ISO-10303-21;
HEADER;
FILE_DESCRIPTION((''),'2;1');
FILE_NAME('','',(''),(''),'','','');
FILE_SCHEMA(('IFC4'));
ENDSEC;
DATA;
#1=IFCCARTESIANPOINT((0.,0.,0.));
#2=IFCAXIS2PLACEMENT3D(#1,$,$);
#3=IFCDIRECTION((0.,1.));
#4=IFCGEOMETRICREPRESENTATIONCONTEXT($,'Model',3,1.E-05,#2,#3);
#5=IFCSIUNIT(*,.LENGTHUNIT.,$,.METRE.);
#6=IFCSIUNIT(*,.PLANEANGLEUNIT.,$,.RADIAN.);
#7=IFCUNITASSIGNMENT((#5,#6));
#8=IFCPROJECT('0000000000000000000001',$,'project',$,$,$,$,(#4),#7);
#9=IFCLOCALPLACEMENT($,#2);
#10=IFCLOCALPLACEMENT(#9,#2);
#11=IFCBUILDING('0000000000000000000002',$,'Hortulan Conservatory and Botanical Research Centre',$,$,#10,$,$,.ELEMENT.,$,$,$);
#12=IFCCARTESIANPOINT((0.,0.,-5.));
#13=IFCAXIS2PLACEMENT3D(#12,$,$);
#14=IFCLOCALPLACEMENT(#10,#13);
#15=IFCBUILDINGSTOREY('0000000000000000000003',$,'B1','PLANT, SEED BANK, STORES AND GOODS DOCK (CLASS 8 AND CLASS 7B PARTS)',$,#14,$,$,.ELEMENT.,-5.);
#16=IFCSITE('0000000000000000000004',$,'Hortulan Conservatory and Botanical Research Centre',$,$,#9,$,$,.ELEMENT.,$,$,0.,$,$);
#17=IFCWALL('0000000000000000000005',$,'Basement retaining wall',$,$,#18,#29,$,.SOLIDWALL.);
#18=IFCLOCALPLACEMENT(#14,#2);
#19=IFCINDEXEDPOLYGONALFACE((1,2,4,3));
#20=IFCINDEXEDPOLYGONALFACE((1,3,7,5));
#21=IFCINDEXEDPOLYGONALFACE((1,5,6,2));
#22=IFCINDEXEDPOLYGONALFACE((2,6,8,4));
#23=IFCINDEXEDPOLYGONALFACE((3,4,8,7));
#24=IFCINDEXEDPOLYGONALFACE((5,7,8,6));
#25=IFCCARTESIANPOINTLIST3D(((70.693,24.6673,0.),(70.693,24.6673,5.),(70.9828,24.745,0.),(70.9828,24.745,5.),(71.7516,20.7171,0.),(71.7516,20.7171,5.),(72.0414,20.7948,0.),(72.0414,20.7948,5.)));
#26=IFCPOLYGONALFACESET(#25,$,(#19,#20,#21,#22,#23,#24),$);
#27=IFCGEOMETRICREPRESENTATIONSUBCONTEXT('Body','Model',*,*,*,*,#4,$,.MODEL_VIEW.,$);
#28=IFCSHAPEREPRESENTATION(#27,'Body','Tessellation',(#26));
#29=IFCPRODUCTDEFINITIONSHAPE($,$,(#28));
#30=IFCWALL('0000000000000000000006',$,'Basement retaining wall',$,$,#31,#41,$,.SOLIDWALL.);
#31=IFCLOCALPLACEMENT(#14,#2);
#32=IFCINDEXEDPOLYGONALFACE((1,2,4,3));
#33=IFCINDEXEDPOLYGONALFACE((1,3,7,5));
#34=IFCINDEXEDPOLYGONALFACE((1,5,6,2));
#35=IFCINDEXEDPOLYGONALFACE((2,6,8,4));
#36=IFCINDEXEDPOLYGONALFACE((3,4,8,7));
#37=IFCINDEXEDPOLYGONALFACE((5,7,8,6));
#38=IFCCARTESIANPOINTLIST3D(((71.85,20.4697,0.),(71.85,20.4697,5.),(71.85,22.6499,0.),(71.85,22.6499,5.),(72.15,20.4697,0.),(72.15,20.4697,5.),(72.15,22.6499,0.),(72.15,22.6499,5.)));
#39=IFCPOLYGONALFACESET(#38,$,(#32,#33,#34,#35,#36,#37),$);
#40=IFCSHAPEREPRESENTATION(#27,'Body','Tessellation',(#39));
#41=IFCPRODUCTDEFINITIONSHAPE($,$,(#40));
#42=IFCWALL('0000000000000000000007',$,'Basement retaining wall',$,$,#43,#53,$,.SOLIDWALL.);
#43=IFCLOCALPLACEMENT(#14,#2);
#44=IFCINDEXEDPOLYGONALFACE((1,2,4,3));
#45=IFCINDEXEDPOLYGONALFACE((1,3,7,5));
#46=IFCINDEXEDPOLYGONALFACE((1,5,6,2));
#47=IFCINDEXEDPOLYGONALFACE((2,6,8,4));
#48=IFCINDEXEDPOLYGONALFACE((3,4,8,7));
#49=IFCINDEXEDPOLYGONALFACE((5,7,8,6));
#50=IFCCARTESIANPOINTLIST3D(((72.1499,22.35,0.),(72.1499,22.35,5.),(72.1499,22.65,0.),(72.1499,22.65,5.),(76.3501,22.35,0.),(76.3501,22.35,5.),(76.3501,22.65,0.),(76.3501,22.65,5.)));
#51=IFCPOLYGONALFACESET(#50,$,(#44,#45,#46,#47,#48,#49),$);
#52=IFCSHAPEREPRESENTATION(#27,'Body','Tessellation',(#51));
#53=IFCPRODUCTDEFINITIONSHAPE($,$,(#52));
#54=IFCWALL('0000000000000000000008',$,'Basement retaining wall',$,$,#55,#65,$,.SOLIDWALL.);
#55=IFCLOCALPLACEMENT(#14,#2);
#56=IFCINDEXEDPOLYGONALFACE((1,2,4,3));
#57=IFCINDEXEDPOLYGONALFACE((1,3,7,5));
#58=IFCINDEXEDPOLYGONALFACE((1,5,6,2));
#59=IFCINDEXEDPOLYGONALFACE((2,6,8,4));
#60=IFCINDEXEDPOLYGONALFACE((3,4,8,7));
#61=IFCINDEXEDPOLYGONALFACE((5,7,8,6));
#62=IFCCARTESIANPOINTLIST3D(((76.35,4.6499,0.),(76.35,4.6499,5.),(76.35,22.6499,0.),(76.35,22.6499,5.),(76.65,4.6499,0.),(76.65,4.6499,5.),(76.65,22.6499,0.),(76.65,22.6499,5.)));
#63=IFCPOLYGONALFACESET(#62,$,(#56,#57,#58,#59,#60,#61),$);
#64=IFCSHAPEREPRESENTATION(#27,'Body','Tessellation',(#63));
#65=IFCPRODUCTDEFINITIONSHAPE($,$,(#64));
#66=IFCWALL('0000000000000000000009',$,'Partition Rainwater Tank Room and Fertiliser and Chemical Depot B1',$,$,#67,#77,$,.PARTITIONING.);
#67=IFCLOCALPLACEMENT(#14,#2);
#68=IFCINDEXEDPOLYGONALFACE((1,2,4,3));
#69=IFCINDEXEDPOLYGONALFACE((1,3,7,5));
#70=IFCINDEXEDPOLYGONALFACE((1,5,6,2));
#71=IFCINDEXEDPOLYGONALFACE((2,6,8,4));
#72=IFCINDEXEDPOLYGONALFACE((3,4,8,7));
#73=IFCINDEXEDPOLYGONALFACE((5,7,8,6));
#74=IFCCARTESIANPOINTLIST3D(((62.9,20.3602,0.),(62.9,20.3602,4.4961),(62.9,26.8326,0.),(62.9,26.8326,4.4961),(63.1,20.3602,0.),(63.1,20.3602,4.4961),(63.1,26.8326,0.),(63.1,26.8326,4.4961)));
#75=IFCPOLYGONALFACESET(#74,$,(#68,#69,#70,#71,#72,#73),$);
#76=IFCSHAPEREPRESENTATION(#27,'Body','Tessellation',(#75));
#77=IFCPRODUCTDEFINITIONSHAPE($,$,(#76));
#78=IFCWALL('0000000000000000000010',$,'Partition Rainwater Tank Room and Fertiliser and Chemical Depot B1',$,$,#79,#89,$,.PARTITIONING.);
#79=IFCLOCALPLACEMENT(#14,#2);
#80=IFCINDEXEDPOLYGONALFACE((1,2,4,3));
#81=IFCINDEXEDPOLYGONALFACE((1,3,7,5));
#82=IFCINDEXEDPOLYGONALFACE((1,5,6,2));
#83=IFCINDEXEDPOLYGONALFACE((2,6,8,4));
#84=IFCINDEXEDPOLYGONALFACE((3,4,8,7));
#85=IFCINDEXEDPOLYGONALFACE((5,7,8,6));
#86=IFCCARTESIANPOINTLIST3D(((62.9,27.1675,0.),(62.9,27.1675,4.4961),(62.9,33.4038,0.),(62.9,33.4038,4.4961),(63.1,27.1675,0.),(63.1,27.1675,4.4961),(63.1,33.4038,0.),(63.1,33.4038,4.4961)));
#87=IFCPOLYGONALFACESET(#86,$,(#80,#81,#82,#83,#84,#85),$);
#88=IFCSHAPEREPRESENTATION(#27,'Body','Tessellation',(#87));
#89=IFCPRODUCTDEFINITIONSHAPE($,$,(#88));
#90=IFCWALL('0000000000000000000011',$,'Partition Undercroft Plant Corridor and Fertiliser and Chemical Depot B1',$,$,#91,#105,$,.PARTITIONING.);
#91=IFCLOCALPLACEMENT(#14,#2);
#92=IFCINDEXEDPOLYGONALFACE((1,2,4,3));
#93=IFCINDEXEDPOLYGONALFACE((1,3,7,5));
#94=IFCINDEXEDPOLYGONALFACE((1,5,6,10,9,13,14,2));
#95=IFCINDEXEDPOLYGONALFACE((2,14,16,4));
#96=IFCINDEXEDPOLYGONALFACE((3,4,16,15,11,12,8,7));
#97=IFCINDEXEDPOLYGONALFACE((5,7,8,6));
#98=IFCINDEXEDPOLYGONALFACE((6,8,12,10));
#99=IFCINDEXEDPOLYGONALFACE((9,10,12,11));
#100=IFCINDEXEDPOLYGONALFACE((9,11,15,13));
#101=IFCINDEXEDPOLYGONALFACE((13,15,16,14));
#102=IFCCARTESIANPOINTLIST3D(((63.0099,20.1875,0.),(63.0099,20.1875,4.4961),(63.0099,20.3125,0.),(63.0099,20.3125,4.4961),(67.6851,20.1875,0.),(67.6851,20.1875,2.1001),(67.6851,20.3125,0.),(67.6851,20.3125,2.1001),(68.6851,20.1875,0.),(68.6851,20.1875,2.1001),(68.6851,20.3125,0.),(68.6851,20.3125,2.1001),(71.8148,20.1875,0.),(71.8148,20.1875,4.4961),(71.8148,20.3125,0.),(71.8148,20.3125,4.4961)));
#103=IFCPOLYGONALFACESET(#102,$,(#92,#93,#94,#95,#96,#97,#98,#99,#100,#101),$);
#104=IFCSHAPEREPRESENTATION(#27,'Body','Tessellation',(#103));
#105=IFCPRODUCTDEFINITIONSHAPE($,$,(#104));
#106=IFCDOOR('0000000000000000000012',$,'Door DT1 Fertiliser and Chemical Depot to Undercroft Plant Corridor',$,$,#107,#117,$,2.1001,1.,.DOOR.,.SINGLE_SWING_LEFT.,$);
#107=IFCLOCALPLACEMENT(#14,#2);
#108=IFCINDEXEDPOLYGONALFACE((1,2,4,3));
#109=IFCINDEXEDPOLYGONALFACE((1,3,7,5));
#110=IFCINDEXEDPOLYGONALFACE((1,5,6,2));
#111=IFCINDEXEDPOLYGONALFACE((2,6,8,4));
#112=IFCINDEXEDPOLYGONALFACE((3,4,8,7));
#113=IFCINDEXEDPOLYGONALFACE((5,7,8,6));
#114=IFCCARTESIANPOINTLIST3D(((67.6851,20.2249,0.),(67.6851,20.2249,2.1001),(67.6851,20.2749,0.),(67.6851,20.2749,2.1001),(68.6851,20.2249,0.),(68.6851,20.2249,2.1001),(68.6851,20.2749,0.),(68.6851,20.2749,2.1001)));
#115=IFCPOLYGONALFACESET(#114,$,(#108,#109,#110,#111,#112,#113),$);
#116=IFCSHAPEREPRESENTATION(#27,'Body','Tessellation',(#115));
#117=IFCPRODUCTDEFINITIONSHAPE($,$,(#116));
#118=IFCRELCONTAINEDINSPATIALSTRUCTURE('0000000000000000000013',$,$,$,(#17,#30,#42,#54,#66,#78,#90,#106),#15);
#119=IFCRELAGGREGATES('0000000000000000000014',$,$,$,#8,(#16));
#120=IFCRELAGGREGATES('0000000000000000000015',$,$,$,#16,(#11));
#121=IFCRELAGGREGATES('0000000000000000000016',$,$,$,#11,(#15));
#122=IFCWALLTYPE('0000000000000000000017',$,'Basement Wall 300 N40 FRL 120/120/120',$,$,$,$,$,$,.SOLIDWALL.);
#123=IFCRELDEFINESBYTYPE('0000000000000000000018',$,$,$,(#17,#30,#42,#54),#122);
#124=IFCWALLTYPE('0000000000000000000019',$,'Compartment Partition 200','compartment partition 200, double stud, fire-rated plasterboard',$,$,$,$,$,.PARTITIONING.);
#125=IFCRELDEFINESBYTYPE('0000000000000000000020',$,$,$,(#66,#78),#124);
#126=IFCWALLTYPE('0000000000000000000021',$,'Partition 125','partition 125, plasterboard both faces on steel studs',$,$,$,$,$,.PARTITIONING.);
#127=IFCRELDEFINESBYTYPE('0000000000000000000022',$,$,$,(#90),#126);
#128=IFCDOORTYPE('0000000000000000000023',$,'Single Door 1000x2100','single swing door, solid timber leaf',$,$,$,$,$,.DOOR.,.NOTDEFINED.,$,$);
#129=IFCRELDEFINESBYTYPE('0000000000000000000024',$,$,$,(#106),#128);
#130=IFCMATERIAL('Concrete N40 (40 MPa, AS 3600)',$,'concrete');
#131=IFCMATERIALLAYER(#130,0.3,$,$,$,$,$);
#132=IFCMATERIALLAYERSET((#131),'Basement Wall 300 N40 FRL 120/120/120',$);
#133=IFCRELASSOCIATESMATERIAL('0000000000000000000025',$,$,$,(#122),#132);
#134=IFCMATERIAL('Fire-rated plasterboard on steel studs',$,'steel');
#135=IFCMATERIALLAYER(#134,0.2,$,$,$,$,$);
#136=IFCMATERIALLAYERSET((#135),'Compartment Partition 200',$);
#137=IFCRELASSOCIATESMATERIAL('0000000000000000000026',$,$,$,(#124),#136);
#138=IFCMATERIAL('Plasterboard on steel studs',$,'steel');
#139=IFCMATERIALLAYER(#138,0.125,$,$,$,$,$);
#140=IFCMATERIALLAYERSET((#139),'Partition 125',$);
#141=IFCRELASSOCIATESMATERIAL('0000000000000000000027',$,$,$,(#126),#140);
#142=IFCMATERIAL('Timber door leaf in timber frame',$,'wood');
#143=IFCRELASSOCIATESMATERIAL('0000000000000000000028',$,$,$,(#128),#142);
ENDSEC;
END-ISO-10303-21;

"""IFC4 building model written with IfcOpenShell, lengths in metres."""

from ifc_helpers import new_model, si_unit, direction, frame, frame_2d, origin, place, context, subcontext, project, spatial, rectangle, extrude, material, layer, layer_set, type_object, element, fill, save


model = new_model("IFC4")

# Units and contexts
model_context = context("Model", 3, precision=1e-05, world=origin(), true_north=direction((0.0, 1.0)))
body_context = subcontext(model_context, "Body", "Model", "MODEL_VIEW")
ifc_project = project(units=[si_unit("LENGTHUNIT", "METRE"), si_unit("PLANEANGLEUNIT", "RADIAN")], contexts=[model_context])

# Site, building, storey
site_placement = place(None, origin())
site = spatial("IfcSite", under=ifc_project, at=site_placement, Name="Hortulan Conservatory and Botanical Research Centre", CompositionType="ELEMENT", RefElevation=0.0)
building_placement = place(site_placement, origin())
building = spatial("IfcBuilding", under=site, at=building_placement, Name="Hortulan Conservatory and Botanical Research Centre", CompositionType="ELEMENT")
storey_placement = place(building_placement, frame((0.0, 0.0, -5.0)))
storey = spatial("IfcBuildingStorey", under=building, at=storey_placement, Name="B1", Description="PLANT, SEED BANK, STORES AND GOODS DOCK (CLASS 8 AND CLASS 7B PARTS)", CompositionType="ELEMENT", Elevation=-5.0)

# Shared definitions
ifc_material_1 = material(Name="Concrete N40 (40 MPa, AS 3600)", Category="concrete")

# Walls
ifc_layer_1 = layer(ifc_material_1, 0.3)
ifc_layer_set_1 = layer_set([ifc_layer_1], Name="Basement Wall 300 N40 FRL 120/120/120")
wall_type_1 = type_object("IfcWallType", Name="Basement Wall 300 N40 FRL 120/120/120", PredefinedType="SOLIDWALL", material=ifc_layer_set_1)
wall_1_placement = place(storey_placement, frame((70.8379, 24.7063, 0.0), z_axis=(0.0, 0.0, 1.0), x_axis=(0.258851, -0.965917, 0.0)))
element("IfcWall", 1, at=wall_1_placement, inside=storey, type_object=wall_type_1, Name="Basement retaining wall", PredefinedType="SOLIDWALL", context=body_context, shape_type="SweptSolid", body=[
    extrude(rectangle(XDim=4.0896, YDim=0.3, at=frame_2d((2.0449, 0.0))), origin(), (0.0, 0.0, 1.0), 5.0),
])
wall_2_placement = place(storey_placement, frame((72.0, 20.4697, 0.0), z_axis=(0.0, 0.0, 1.0), x_axis=(0.0, 1.0, 0.0)))
element("IfcWall", 2, at=wall_2_placement, inside=storey, type_object=wall_type_1, Name="Basement retaining wall", PredefinedType="SOLIDWALL", context=body_context, shape_type="SweptSolid", body=[
    extrude(rectangle(XDim=2.1802, YDim=0.3, at=frame_2d((1.0901, 0.0))), origin(), (0.0, 0.0, 1.0), 5.0),
])
wall_3_placement = place(storey_placement, frame((72.1499, 22.5, 0.0), z_axis=(0.0, 0.0, 1.0), x_axis=(1.0, 0.0, 0.0)))
element("IfcWall", 3, at=wall_3_placement, inside=storey, type_object=wall_type_1, Name="Basement retaining wall", PredefinedType="SOLIDWALL", context=body_context, shape_type="SweptSolid", body=[
    extrude(rectangle(XDim=4.2002, YDim=0.3, at=frame_2d((2.1001, 0.0))), origin(), (0.0, 0.0, 1.0), 5.0),
])
wall_4_placement = place(storey_placement, frame((76.5, 22.6499, 0.0), z_axis=(0.0, 0.0, 1.0), x_axis=(0.0, -1.0, 0.0)))
element("IfcWall", 4, at=wall_4_placement, inside=storey, type_object=wall_type_1, Name="Basement retaining wall", PredefinedType="SOLIDWALL", context=body_context, shape_type="SweptSolid", body=[
    extrude(rectangle(XDim=18.0, YDim=0.3, at=frame_2d((9.0, 0.0))), origin(), (0.0, 0.0, 1.0), 5.0),
])
ifc_material_2 = material(Name="Fire-rated plasterboard on steel studs", Category="steel")
ifc_layer_2 = layer(ifc_material_2, 0.2)
ifc_layer_set_2 = layer_set([ifc_layer_2], Name="Compartment Partition 200")
wall_type_2 = type_object("IfcWallType", Name="Compartment Partition 200", Description="compartment partition 200, double stud, fire-rated plasterboard", PredefinedType="PARTITIONING", material=ifc_layer_set_2)
wall_5_placement = place(storey_placement, frame((63.0, 20.3601, 0.0), z_axis=(0.0, 0.0, 1.0), x_axis=(0.0, 1.0, 0.0)))
element("IfcWall", 5, at=wall_5_placement, inside=storey, type_object=wall_type_2, Name="Partition Rainwater Tank Room and Fertiliser and Chemical Depot B1", PredefinedType="PARTITIONING", context=body_context, shape_type="SweptSolid", body=[
    extrude(rectangle(XDim=6.4724, YDim=0.2, at=frame_2d((3.2363, 0.0))), origin(), (0.0, 0.0, 1.0), 4.4961),
])
wall_6_placement = place(storey_placement, frame((63.0, 27.1675, 0.0), z_axis=(0.0, 0.0, 1.0), x_axis=(0.0, 1.0, 0.0)))
element("IfcWall", 6, at=wall_6_placement, inside=storey, type_object=wall_type_2, Name="Partition Rainwater Tank Room and Fertiliser and Chemical Depot B1", PredefinedType="PARTITIONING", context=body_context, shape_type="SweptSolid", body=[
    extrude(rectangle(XDim=6.2363, YDim=0.2, at=frame_2d((3.1182, 0.0))), origin(), (0.0, 0.0, 1.0), 4.4961),
])

# Wall, opening, door
ifc_material_3 = material(Name="Plasterboard on steel studs", Category="steel")
ifc_layer_3 = layer(ifc_material_3, 0.125)
ifc_layer_set_3 = layer_set([ifc_layer_3], Name="Partition 125")
wall_type_3 = type_object("IfcWallType", Name="Partition 125", Description="partition 125, plasterboard both faces on steel studs", PredefinedType="PARTITIONING", material=ifc_layer_set_3)
wall_7_placement = place(storey_placement, frame((63.01, 20.25, 0.0), z_axis=(0.0, 0.0, 1.0), x_axis=(1.0, 0.0, 0.0)))
wall_7 = element("IfcWall", 7, at=wall_7_placement, inside=storey, type_object=wall_type_3, Name="Partition Undercroft Plant Corridor and Fertiliser and Chemical Depot B1", PredefinedType="PARTITIONING", context=body_context, shape_type="SweptSolid", body=[
    extrude(rectangle(XDim=8.8049, YDim=0.125, at=frame_2d((4.4023, 0.0))), origin(), (0.0, 0.0, 1.0), 4.4961),
])
opening_placement = place(wall_7_placement, frame((4.675, 0.0, 0.0)))
opening = element("IfcOpeningElement", 8, at=opening_placement, cuts=wall_7, PredefinedType="OPENING", context=body_context, shape_type="SweptSolid", body=[
    extrude(rectangle(XDim=1.0, YDim=2.1001, at=frame_2d((0.5, 1.05))), frame((0.0, 0.0725, 0.0), z_axis=(0.0, -1.0, 0.0), x_axis=(1.0, 0.0, 0.0)), (0.0, 0.0, 1.0), 0.145),
])
ifc_material_4 = material(Name="Timber door leaf in timber frame", Category="wood")
door_type = type_object("IfcDoorType", Name="Single Door 1000x2100", Description="single swing door, solid timber leaf", OperationType="NOTDEFINED", PredefinedType="DOOR", material=ifc_material_4)
door_placement = place(opening_placement, origin())
door = element("IfcDoor", 9, at=door_placement, inside=storey, type_object=door_type, Name="Door DT1 Fertiliser and Chemical Depot to Undercroft Plant Corridor", OperationType="SINGLE_SWING_LEFT", OverallHeight=2.1001, OverallWidth=1.0, PredefinedType="DOOR", context=body_context, shape_type="SweptSolid", body=[
    extrude(rectangle(XDim=1.0, YDim=2.1001, at=frame_2d((0.5, 1.05))), frame((0.0, 0.0249, 0.0), z_axis=(0.0, -1.0, 0.0), x_axis=(1.0, 0.0, 0.0)), (0.0, 0.0, 1.0), 0.05),
])
fill(opening, door)

save(model, "model.ifc")
